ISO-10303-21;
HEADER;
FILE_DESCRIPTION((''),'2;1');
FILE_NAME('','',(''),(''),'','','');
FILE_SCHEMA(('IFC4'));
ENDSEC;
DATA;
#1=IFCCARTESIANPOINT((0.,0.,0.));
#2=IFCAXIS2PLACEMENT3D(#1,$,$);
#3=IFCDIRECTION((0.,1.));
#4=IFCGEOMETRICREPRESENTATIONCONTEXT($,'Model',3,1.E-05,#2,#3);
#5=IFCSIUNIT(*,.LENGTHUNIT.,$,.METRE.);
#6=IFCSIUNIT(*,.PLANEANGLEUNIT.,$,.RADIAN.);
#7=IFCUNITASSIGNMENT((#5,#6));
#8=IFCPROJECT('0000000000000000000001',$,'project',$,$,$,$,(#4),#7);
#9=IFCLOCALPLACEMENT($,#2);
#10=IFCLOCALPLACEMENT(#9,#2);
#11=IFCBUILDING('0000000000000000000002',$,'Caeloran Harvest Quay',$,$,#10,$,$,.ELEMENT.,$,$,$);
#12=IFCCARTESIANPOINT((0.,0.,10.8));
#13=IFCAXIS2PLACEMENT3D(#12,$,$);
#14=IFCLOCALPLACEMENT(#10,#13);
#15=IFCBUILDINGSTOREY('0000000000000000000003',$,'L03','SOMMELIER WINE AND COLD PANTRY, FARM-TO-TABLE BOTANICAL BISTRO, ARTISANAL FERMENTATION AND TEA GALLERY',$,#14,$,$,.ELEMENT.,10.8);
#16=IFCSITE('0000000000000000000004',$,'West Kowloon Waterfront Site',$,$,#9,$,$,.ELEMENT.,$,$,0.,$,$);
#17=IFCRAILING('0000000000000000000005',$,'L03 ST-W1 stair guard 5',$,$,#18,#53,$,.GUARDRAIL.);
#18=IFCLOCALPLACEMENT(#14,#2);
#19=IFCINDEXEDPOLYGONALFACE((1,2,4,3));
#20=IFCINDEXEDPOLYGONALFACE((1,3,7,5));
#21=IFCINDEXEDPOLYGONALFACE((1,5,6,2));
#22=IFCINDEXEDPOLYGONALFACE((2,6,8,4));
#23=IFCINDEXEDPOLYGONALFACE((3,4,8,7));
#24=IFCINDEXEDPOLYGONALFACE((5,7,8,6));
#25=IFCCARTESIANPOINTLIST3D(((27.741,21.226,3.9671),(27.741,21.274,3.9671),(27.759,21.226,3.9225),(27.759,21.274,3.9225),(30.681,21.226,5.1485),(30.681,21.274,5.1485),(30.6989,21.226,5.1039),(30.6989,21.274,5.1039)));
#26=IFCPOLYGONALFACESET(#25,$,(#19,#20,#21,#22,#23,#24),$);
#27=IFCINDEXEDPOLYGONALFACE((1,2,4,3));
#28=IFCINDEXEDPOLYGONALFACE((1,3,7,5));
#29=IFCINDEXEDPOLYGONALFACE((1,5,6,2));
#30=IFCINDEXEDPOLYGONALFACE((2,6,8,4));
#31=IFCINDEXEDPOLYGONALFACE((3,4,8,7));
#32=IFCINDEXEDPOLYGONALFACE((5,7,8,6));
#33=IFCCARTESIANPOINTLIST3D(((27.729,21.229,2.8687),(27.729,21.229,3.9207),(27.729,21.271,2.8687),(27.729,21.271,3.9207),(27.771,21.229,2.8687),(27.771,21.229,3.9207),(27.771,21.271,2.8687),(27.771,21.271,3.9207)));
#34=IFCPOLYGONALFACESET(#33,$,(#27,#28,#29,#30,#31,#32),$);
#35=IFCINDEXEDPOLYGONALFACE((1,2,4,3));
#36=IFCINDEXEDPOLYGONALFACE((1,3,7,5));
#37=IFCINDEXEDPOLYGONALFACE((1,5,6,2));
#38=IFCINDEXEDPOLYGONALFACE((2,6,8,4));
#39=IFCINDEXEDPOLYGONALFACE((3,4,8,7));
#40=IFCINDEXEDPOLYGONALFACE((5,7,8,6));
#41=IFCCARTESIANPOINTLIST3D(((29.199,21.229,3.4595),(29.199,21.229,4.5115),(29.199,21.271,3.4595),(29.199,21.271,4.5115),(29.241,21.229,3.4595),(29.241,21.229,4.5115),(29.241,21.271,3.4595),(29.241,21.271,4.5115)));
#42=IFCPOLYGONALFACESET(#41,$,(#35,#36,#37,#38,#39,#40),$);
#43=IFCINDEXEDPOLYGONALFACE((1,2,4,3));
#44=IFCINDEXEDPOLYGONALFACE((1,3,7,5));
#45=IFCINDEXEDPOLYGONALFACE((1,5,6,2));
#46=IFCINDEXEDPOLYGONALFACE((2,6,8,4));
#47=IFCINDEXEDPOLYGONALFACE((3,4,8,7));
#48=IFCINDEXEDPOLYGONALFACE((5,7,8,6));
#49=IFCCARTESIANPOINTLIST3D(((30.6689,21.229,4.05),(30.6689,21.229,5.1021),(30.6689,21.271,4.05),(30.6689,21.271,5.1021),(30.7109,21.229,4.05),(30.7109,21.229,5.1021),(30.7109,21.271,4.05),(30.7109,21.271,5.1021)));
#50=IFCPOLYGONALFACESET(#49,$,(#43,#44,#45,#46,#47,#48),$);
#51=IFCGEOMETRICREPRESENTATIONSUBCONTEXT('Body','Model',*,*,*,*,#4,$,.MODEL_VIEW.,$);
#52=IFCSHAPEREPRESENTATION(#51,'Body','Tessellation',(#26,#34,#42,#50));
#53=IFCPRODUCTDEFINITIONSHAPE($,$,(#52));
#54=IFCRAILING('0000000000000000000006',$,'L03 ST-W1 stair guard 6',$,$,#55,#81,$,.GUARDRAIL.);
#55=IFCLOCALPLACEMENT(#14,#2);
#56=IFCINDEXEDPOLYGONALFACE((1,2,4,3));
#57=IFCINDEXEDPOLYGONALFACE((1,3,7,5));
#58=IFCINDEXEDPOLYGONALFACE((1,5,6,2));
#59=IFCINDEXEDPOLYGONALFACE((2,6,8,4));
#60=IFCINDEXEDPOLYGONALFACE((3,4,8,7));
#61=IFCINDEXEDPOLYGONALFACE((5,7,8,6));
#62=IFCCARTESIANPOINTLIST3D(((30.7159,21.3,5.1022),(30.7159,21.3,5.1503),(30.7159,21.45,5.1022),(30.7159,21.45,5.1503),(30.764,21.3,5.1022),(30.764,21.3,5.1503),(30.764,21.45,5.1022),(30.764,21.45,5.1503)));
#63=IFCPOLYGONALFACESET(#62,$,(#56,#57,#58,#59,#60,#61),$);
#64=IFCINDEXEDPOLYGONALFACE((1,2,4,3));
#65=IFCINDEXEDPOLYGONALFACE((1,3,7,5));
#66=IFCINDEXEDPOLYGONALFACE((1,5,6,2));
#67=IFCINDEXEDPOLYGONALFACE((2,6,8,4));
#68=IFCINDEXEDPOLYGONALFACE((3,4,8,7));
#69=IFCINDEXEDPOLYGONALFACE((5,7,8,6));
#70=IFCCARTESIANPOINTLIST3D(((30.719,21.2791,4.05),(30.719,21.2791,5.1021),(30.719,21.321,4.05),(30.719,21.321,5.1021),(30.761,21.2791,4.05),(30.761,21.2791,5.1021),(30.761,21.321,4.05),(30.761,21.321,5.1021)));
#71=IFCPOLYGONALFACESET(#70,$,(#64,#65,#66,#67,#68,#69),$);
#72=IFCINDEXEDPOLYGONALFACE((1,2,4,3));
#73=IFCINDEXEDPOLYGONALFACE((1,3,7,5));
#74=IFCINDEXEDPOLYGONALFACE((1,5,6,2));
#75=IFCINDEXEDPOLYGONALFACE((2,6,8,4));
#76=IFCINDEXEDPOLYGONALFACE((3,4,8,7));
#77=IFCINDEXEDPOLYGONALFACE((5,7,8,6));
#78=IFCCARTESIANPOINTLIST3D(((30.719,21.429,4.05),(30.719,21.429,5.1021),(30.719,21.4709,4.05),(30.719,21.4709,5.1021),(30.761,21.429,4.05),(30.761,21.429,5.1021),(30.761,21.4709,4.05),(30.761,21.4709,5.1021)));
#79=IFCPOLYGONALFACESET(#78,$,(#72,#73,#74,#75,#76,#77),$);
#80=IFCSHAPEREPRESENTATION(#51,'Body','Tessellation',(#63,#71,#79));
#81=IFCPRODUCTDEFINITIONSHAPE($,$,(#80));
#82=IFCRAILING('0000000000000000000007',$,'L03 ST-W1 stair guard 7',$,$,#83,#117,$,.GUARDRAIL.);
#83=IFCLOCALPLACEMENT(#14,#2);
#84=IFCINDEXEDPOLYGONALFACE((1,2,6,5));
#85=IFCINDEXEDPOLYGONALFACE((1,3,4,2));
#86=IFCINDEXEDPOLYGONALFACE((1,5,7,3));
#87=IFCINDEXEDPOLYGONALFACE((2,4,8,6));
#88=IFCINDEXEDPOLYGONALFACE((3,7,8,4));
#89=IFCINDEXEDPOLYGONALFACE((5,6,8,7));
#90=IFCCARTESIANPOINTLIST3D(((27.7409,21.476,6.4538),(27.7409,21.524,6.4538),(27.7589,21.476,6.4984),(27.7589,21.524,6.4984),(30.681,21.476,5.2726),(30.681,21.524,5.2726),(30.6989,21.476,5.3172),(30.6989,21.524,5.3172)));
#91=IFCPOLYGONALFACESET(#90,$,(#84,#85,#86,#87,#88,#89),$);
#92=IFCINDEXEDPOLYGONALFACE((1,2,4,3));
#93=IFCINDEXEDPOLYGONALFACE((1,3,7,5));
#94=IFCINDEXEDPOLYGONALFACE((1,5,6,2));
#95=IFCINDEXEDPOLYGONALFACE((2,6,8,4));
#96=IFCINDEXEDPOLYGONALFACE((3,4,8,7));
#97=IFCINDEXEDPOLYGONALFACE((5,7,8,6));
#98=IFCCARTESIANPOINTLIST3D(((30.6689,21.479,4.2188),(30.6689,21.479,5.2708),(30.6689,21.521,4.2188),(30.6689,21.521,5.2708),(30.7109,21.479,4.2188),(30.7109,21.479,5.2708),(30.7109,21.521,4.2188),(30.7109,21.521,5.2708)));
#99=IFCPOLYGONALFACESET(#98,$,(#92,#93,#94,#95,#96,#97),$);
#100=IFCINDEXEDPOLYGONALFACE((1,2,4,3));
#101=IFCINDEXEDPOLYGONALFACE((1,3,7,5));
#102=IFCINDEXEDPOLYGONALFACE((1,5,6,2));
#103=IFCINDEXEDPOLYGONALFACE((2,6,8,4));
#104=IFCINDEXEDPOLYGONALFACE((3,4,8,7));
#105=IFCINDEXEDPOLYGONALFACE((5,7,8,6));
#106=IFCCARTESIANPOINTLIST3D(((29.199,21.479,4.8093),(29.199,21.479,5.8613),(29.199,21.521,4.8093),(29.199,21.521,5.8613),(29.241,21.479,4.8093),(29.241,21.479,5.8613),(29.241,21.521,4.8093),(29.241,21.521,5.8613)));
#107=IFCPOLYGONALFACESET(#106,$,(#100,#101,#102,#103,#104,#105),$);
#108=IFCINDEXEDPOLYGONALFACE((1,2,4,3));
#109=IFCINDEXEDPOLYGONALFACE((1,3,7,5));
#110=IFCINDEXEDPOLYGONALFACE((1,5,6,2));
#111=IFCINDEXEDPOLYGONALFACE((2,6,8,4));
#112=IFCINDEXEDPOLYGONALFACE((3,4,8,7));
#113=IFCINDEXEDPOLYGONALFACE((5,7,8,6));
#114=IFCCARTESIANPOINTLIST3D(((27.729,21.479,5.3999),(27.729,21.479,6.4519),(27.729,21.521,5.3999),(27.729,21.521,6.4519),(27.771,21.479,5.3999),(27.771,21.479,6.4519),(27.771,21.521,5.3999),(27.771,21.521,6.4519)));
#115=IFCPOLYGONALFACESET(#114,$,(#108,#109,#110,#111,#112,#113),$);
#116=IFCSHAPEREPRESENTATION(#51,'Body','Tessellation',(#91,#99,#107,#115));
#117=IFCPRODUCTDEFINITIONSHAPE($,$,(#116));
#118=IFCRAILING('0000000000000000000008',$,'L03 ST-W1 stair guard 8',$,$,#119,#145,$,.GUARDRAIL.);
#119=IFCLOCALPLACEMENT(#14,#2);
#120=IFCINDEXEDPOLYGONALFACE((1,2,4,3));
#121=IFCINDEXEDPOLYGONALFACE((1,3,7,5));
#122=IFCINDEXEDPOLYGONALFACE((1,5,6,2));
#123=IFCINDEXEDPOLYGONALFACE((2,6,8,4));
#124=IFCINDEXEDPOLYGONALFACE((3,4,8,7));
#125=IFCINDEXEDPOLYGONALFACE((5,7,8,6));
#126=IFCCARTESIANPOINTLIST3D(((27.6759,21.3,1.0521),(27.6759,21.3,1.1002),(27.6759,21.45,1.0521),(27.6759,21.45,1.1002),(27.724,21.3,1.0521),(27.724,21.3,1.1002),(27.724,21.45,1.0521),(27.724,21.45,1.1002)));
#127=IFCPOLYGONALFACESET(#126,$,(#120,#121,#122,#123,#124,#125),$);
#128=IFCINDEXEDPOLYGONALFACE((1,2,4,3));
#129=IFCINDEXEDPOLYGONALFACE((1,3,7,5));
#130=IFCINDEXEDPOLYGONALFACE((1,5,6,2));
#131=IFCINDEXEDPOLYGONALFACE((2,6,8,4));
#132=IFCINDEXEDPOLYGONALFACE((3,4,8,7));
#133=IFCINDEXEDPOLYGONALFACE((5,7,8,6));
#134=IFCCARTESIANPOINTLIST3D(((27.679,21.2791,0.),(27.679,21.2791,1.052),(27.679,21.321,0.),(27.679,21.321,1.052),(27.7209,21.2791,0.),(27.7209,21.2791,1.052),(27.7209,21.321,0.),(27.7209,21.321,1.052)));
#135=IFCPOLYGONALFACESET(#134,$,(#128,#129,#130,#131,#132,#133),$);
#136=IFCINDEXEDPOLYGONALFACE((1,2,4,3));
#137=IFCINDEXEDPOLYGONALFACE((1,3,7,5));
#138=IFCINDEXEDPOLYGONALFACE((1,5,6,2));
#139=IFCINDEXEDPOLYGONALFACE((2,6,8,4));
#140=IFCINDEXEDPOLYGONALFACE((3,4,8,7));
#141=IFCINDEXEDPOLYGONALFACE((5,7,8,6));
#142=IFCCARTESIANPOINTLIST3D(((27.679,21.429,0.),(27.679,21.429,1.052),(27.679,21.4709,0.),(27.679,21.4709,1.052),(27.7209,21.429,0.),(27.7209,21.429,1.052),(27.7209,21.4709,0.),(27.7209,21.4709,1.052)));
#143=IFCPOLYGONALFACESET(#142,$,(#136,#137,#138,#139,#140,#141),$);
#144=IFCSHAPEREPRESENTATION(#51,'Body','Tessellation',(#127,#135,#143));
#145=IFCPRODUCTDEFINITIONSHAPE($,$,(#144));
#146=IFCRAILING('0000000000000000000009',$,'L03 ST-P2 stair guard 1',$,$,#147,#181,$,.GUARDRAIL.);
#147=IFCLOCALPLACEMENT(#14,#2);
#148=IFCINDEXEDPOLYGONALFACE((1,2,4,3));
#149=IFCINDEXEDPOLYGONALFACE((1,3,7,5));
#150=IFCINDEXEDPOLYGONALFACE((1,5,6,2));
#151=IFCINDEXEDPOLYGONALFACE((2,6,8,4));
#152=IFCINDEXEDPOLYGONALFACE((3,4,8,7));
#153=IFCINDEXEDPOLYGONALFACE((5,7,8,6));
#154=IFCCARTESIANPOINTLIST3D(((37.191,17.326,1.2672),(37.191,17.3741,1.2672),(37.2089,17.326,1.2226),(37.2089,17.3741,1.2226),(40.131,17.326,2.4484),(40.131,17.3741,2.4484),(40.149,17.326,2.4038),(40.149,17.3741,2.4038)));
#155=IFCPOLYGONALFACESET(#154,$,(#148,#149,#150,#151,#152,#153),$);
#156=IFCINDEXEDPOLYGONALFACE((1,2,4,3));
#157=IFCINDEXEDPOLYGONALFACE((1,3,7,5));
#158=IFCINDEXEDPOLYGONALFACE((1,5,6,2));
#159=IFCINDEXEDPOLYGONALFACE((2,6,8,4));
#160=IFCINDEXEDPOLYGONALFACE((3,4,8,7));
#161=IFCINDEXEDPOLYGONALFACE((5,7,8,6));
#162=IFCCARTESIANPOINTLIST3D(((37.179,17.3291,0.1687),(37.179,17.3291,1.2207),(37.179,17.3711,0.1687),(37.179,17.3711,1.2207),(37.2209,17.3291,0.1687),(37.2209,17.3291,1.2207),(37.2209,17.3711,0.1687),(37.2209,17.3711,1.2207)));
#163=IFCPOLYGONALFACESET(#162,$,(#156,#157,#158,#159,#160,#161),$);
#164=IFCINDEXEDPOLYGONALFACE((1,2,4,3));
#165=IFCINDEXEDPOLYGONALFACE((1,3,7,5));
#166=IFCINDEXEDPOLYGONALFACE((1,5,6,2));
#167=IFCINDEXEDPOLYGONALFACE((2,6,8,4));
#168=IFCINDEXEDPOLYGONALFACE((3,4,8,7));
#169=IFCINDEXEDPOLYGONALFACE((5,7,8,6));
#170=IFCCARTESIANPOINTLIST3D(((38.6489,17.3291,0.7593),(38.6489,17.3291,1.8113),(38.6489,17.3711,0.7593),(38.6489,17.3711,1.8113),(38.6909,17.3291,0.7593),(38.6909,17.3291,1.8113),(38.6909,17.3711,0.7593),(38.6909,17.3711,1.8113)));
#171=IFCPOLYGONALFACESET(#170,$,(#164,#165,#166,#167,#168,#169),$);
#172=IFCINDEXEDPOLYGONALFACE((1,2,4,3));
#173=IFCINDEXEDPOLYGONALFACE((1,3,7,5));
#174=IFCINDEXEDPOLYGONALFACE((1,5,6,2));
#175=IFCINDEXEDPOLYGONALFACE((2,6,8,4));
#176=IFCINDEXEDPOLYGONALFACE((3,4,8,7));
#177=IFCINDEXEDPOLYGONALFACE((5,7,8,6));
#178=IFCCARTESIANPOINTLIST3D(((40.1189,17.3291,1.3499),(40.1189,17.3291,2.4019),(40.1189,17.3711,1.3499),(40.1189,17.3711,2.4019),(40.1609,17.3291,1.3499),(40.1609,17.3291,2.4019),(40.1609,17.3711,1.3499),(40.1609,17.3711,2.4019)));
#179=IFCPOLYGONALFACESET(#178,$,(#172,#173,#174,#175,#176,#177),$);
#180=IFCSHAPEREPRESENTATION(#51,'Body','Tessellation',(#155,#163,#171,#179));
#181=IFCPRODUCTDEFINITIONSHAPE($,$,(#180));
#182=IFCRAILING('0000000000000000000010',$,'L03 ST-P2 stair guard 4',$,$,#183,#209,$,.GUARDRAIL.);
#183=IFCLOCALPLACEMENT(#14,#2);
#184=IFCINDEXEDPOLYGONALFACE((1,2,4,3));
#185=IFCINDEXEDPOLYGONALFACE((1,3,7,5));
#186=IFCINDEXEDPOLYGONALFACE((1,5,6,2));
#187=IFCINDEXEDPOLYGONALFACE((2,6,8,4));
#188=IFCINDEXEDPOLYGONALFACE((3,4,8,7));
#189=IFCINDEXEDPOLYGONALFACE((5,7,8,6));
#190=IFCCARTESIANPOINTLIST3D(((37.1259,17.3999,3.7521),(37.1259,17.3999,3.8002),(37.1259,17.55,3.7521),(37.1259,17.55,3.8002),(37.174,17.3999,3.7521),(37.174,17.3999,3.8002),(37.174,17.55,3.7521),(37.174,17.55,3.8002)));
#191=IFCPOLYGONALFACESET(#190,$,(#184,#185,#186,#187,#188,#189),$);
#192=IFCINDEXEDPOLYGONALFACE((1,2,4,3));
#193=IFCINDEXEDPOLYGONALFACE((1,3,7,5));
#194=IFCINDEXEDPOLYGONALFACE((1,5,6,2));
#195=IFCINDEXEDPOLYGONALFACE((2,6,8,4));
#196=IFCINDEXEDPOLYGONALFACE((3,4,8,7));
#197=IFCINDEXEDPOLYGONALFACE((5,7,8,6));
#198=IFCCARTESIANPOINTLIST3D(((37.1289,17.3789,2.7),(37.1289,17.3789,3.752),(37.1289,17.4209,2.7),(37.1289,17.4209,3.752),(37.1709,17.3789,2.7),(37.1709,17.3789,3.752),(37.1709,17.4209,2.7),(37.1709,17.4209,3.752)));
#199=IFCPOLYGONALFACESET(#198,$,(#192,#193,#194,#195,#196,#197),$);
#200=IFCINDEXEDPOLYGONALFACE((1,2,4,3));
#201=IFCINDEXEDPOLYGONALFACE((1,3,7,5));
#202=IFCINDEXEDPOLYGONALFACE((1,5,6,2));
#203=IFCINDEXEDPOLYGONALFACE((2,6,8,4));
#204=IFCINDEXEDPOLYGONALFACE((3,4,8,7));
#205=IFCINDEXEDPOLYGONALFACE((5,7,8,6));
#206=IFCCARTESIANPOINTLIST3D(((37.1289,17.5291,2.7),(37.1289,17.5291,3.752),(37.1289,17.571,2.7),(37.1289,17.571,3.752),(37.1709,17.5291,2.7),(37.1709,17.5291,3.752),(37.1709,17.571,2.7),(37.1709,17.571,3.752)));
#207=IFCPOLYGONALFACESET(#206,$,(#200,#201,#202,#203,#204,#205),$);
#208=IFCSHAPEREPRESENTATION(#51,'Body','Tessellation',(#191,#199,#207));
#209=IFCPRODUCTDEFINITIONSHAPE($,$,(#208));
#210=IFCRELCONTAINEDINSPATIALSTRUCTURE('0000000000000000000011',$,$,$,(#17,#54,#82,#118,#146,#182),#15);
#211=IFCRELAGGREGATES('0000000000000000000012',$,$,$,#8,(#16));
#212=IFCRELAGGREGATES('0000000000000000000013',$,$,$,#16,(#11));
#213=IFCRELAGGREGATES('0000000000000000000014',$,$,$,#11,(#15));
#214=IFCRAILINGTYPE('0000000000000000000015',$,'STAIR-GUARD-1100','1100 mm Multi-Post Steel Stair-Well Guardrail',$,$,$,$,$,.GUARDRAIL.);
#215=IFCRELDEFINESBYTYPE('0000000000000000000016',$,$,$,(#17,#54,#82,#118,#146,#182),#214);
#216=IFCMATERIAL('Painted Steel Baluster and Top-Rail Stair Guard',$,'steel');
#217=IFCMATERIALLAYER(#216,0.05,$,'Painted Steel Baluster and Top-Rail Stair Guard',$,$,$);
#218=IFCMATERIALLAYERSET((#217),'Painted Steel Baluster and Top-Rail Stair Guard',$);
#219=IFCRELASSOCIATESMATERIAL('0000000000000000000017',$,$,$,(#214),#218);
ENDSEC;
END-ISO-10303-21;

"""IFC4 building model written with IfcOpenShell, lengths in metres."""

from ifc_helpers import new_model, si_unit, direction, frame, origin, origin_2d, place, context, subcontext, project, spatial, rectangle, extrude, material, layer, layer_set, type_object, element, save


model = new_model("IFC4")

# Units and contexts
model_context = context("Model", 3, precision=1e-05, world=origin(), true_north=direction((0.0, 1.0)))
body_context = subcontext(model_context, "Body", "Model", "MODEL_VIEW")
ifc_project = project(units=[si_unit("LENGTHUNIT", "METRE"), si_unit("PLANEANGLEUNIT", "RADIAN")], contexts=[model_context])

# Site, building, storey
site_placement = place(None, origin())
site = spatial("IfcSite", under=ifc_project, at=site_placement, Name="West Kowloon Waterfront Site", CompositionType="ELEMENT", RefElevation=0.0)
building_placement = place(site_placement, origin())
building = spatial("IfcBuilding", under=site, at=building_placement, Name="Caeloran Harvest Quay", CompositionType="ELEMENT")
storey_placement = place(building_placement, frame((0.0, 0.0, 10.8)))
storey = spatial("IfcBuildingStorey", under=building, at=storey_placement, Name="L03", Description="SOMMELIER WINE AND COLD PANTRY, FARM-TO-TABLE BOTANICAL BISTRO, ARTISANAL FERMENTATION AND TEA GALLERY", CompositionType="ELEMENT", Elevation=10.8)

# Railings
ifc_material_1 = material(Name="Painted Steel Baluster and Top-Rail Stair Guard", Category="steel")
ifc_layer_1 = layer(ifc_material_1, 0.05, Name="Painted Steel Baluster and Top-Rail Stair Guard")
ifc_layer_set_1 = layer_set([ifc_layer_1], Name="Painted Steel Baluster and Top-Rail Stair Guard")
railing_type_1 = type_object("IfcRailingType", Name="STAIR-GUARD-1100", Description="1100 mm Multi-Post Steel Stair-Well Guardrail", PredefinedType="GUARDRAIL", material=ifc_layer_set_1)
railing_1_placement = place(storey_placement, frame((27.75, 21.25, 2.8687)))
element("IfcRailing", 1, at=railing_1_placement, inside=storey, type_object=railing_type_1, Name="L03 ST-W1 stair guard 5", PredefinedType="GUARDRAIL", context=body_context, shape_type="SweptSolid", body=[
    extrude(rectangle(XDim=0.0481, YDim=0.0481, at=origin_2d()), frame((0.0, 0.0, 1.0762), z_axis=(0.927886, 0.0, 0.372865), x_axis=(0.0, 1.0, 0.0)), (0.0, 0.0, 1.0), 3.1685),
    extrude(rectangle(XDim=0.042, YDim=0.042, at=origin_2d()), origin(), (0.0, 0.0, 1.0), 1.052),
    extrude(rectangle(XDim=0.042, YDim=0.042, at=origin_2d()), frame((1.47, 0.0, 0.5908)), (0.0, 0.0, 1.0), 1.052),
    extrude(rectangle(XDim=0.042, YDim=0.042, at=origin_2d()), frame((2.9399, 0.0, 1.1814)), (0.0, 0.0, 1.0), 1.052),
])
railing_2_placement = place(storey_placement, frame((30.74, 21.3, 4.05)))
element("IfcRailing", 2, at=railing_2_placement, inside=storey, type_object=railing_type_1, Name="L03 ST-W1 stair guard 6", PredefinedType="GUARDRAIL", context=body_context, shape_type="SweptSolid", body=[
    extrude(rectangle(XDim=0.0481, YDim=0.0481, at=origin_2d()), frame((0.0, 0.0, 1.0762), z_axis=(0.0, 1.0, 0.0), x_axis=(-1.0, 0.0, 0.0)), (0.0, 0.0, 1.0), 0.1499),
    extrude(rectangle(XDim=0.042, YDim=0.042, at=origin_2d()), origin(), (0.0, 0.0, 1.0), 1.052),
    extrude(rectangle(XDim=0.042, YDim=0.042, at=origin_2d()), frame((0.0, 0.1499, 0.0)), (0.0, 0.0, 1.0), 1.052),
])
railing_3_placement = place(storey_placement, frame((30.6899, 21.5, 4.2188)))
element("IfcRailing", 3, at=railing_3_placement, inside=storey, type_object=railing_type_1, Name="L03 ST-W1 stair guard 7", PredefinedType="GUARDRAIL", context=body_context, shape_type="SweptSolid", body=[
    extrude(rectangle(XDim=0.0481, YDim=0.0481, at=origin_2d()), frame((0.0, 0.0, 1.0762), z_axis=(-0.927912, 0.0, 0.372799), x_axis=(0.0, -1.0, 0.0)), (0.0, 0.0, 1.0), 3.1685),
    extrude(rectangle(XDim=0.042, YDim=0.042, at=origin_2d()), origin(), (0.0, 0.0, 1.0), 1.052),
    extrude(rectangle(XDim=0.042, YDim=0.042, at=origin_2d()), frame((-1.47, 0.0, 0.5906)), (0.0, 0.0, 1.0), 1.052),
    extrude(rectangle(XDim=0.042, YDim=0.042, at=origin_2d()), frame((-2.9399, 0.0, 1.1812)), (0.0, 0.0, 1.0), 1.052),
])
railing_4_placement = place(storey_placement, frame((27.7, 21.3, 0.0)))
element("IfcRailing", 4, at=railing_4_placement, inside=storey, type_object=railing_type_1, Name="L03 ST-W1 stair guard 8", PredefinedType="GUARDRAIL", context=body_context, shape_type="SweptSolid", body=[
    extrude(rectangle(XDim=0.0481, YDim=0.0481, at=origin_2d()), frame((0.0, 0.0, 1.0762), z_axis=(0.0, 1.0, 0.0), x_axis=(-1.0, 0.0, 0.0)), (0.0, 0.0, 1.0), 0.1499),
    extrude(rectangle(XDim=0.042, YDim=0.042, at=origin_2d()), origin(), (0.0, 0.0, 1.0), 1.052),
    extrude(rectangle(XDim=0.042, YDim=0.042, at=origin_2d()), frame((0.0, 0.1499, 0.0)), (0.0, 0.0, 1.0), 1.052),
])
railing_5_placement = place(storey_placement, frame((37.2, 17.3501, 0.1687)))
element("IfcRailing", 5, at=railing_5_placement, inside=storey, type_object=railing_type_1, Name="L03 ST-P2 stair guard 1", PredefinedType="GUARDRAIL", context=body_context, shape_type="SweptSolid", body=[
    extrude(rectangle(XDim=0.0481, YDim=0.0481, at=origin_2d()), frame((0.0, 0.0, 1.0762), z_axis=(0.927912, 0.0, 0.372799), x_axis=(0.0, 1.0, 0.0)), (0.0, 0.0, 1.0), 3.1685),
    extrude(rectangle(XDim=0.042, YDim=0.042, at=origin_2d()), origin(), (0.0, 0.0, 1.0), 1.052),
    extrude(rectangle(XDim=0.042, YDim=0.042, at=origin_2d()), frame((1.47, 0.0, 0.5906)), (0.0, 0.0, 1.0), 1.052),
    extrude(rectangle(XDim=0.042, YDim=0.042, at=origin_2d()), frame((2.9399, 0.0, 1.1812)), (0.0, 0.0, 1.0), 1.052),
])
railing_6_placement = place(storey_placement, frame((37.1499, 17.3999, 2.7)))
element("IfcRailing", 6, at=railing_6_placement, inside=storey, type_object=railing_type_1, Name="L03 ST-P2 stair guard 4", PredefinedType="GUARDRAIL", context=body_context, shape_type="SweptSolid", body=[
    extrude(rectangle(XDim=0.0481, YDim=0.0481, at=origin_2d()), frame((0.0, 0.0, 1.0762), z_axis=(0.0, 1.0, 0.0), x_axis=(-1.0, 0.0, 0.0)), (0.0, 0.0, 1.0), 0.1501),
    extrude(rectangle(XDim=0.042, YDim=0.042, at=origin_2d()), origin(), (0.0, 0.0, 1.0), 1.052),
    extrude(rectangle(XDim=0.042, YDim=0.042, at=origin_2d()), frame((0.0, 0.1501, 0.0)), (0.0, 0.0, 1.0), 1.052),
])

save(model, "model.ifc")
